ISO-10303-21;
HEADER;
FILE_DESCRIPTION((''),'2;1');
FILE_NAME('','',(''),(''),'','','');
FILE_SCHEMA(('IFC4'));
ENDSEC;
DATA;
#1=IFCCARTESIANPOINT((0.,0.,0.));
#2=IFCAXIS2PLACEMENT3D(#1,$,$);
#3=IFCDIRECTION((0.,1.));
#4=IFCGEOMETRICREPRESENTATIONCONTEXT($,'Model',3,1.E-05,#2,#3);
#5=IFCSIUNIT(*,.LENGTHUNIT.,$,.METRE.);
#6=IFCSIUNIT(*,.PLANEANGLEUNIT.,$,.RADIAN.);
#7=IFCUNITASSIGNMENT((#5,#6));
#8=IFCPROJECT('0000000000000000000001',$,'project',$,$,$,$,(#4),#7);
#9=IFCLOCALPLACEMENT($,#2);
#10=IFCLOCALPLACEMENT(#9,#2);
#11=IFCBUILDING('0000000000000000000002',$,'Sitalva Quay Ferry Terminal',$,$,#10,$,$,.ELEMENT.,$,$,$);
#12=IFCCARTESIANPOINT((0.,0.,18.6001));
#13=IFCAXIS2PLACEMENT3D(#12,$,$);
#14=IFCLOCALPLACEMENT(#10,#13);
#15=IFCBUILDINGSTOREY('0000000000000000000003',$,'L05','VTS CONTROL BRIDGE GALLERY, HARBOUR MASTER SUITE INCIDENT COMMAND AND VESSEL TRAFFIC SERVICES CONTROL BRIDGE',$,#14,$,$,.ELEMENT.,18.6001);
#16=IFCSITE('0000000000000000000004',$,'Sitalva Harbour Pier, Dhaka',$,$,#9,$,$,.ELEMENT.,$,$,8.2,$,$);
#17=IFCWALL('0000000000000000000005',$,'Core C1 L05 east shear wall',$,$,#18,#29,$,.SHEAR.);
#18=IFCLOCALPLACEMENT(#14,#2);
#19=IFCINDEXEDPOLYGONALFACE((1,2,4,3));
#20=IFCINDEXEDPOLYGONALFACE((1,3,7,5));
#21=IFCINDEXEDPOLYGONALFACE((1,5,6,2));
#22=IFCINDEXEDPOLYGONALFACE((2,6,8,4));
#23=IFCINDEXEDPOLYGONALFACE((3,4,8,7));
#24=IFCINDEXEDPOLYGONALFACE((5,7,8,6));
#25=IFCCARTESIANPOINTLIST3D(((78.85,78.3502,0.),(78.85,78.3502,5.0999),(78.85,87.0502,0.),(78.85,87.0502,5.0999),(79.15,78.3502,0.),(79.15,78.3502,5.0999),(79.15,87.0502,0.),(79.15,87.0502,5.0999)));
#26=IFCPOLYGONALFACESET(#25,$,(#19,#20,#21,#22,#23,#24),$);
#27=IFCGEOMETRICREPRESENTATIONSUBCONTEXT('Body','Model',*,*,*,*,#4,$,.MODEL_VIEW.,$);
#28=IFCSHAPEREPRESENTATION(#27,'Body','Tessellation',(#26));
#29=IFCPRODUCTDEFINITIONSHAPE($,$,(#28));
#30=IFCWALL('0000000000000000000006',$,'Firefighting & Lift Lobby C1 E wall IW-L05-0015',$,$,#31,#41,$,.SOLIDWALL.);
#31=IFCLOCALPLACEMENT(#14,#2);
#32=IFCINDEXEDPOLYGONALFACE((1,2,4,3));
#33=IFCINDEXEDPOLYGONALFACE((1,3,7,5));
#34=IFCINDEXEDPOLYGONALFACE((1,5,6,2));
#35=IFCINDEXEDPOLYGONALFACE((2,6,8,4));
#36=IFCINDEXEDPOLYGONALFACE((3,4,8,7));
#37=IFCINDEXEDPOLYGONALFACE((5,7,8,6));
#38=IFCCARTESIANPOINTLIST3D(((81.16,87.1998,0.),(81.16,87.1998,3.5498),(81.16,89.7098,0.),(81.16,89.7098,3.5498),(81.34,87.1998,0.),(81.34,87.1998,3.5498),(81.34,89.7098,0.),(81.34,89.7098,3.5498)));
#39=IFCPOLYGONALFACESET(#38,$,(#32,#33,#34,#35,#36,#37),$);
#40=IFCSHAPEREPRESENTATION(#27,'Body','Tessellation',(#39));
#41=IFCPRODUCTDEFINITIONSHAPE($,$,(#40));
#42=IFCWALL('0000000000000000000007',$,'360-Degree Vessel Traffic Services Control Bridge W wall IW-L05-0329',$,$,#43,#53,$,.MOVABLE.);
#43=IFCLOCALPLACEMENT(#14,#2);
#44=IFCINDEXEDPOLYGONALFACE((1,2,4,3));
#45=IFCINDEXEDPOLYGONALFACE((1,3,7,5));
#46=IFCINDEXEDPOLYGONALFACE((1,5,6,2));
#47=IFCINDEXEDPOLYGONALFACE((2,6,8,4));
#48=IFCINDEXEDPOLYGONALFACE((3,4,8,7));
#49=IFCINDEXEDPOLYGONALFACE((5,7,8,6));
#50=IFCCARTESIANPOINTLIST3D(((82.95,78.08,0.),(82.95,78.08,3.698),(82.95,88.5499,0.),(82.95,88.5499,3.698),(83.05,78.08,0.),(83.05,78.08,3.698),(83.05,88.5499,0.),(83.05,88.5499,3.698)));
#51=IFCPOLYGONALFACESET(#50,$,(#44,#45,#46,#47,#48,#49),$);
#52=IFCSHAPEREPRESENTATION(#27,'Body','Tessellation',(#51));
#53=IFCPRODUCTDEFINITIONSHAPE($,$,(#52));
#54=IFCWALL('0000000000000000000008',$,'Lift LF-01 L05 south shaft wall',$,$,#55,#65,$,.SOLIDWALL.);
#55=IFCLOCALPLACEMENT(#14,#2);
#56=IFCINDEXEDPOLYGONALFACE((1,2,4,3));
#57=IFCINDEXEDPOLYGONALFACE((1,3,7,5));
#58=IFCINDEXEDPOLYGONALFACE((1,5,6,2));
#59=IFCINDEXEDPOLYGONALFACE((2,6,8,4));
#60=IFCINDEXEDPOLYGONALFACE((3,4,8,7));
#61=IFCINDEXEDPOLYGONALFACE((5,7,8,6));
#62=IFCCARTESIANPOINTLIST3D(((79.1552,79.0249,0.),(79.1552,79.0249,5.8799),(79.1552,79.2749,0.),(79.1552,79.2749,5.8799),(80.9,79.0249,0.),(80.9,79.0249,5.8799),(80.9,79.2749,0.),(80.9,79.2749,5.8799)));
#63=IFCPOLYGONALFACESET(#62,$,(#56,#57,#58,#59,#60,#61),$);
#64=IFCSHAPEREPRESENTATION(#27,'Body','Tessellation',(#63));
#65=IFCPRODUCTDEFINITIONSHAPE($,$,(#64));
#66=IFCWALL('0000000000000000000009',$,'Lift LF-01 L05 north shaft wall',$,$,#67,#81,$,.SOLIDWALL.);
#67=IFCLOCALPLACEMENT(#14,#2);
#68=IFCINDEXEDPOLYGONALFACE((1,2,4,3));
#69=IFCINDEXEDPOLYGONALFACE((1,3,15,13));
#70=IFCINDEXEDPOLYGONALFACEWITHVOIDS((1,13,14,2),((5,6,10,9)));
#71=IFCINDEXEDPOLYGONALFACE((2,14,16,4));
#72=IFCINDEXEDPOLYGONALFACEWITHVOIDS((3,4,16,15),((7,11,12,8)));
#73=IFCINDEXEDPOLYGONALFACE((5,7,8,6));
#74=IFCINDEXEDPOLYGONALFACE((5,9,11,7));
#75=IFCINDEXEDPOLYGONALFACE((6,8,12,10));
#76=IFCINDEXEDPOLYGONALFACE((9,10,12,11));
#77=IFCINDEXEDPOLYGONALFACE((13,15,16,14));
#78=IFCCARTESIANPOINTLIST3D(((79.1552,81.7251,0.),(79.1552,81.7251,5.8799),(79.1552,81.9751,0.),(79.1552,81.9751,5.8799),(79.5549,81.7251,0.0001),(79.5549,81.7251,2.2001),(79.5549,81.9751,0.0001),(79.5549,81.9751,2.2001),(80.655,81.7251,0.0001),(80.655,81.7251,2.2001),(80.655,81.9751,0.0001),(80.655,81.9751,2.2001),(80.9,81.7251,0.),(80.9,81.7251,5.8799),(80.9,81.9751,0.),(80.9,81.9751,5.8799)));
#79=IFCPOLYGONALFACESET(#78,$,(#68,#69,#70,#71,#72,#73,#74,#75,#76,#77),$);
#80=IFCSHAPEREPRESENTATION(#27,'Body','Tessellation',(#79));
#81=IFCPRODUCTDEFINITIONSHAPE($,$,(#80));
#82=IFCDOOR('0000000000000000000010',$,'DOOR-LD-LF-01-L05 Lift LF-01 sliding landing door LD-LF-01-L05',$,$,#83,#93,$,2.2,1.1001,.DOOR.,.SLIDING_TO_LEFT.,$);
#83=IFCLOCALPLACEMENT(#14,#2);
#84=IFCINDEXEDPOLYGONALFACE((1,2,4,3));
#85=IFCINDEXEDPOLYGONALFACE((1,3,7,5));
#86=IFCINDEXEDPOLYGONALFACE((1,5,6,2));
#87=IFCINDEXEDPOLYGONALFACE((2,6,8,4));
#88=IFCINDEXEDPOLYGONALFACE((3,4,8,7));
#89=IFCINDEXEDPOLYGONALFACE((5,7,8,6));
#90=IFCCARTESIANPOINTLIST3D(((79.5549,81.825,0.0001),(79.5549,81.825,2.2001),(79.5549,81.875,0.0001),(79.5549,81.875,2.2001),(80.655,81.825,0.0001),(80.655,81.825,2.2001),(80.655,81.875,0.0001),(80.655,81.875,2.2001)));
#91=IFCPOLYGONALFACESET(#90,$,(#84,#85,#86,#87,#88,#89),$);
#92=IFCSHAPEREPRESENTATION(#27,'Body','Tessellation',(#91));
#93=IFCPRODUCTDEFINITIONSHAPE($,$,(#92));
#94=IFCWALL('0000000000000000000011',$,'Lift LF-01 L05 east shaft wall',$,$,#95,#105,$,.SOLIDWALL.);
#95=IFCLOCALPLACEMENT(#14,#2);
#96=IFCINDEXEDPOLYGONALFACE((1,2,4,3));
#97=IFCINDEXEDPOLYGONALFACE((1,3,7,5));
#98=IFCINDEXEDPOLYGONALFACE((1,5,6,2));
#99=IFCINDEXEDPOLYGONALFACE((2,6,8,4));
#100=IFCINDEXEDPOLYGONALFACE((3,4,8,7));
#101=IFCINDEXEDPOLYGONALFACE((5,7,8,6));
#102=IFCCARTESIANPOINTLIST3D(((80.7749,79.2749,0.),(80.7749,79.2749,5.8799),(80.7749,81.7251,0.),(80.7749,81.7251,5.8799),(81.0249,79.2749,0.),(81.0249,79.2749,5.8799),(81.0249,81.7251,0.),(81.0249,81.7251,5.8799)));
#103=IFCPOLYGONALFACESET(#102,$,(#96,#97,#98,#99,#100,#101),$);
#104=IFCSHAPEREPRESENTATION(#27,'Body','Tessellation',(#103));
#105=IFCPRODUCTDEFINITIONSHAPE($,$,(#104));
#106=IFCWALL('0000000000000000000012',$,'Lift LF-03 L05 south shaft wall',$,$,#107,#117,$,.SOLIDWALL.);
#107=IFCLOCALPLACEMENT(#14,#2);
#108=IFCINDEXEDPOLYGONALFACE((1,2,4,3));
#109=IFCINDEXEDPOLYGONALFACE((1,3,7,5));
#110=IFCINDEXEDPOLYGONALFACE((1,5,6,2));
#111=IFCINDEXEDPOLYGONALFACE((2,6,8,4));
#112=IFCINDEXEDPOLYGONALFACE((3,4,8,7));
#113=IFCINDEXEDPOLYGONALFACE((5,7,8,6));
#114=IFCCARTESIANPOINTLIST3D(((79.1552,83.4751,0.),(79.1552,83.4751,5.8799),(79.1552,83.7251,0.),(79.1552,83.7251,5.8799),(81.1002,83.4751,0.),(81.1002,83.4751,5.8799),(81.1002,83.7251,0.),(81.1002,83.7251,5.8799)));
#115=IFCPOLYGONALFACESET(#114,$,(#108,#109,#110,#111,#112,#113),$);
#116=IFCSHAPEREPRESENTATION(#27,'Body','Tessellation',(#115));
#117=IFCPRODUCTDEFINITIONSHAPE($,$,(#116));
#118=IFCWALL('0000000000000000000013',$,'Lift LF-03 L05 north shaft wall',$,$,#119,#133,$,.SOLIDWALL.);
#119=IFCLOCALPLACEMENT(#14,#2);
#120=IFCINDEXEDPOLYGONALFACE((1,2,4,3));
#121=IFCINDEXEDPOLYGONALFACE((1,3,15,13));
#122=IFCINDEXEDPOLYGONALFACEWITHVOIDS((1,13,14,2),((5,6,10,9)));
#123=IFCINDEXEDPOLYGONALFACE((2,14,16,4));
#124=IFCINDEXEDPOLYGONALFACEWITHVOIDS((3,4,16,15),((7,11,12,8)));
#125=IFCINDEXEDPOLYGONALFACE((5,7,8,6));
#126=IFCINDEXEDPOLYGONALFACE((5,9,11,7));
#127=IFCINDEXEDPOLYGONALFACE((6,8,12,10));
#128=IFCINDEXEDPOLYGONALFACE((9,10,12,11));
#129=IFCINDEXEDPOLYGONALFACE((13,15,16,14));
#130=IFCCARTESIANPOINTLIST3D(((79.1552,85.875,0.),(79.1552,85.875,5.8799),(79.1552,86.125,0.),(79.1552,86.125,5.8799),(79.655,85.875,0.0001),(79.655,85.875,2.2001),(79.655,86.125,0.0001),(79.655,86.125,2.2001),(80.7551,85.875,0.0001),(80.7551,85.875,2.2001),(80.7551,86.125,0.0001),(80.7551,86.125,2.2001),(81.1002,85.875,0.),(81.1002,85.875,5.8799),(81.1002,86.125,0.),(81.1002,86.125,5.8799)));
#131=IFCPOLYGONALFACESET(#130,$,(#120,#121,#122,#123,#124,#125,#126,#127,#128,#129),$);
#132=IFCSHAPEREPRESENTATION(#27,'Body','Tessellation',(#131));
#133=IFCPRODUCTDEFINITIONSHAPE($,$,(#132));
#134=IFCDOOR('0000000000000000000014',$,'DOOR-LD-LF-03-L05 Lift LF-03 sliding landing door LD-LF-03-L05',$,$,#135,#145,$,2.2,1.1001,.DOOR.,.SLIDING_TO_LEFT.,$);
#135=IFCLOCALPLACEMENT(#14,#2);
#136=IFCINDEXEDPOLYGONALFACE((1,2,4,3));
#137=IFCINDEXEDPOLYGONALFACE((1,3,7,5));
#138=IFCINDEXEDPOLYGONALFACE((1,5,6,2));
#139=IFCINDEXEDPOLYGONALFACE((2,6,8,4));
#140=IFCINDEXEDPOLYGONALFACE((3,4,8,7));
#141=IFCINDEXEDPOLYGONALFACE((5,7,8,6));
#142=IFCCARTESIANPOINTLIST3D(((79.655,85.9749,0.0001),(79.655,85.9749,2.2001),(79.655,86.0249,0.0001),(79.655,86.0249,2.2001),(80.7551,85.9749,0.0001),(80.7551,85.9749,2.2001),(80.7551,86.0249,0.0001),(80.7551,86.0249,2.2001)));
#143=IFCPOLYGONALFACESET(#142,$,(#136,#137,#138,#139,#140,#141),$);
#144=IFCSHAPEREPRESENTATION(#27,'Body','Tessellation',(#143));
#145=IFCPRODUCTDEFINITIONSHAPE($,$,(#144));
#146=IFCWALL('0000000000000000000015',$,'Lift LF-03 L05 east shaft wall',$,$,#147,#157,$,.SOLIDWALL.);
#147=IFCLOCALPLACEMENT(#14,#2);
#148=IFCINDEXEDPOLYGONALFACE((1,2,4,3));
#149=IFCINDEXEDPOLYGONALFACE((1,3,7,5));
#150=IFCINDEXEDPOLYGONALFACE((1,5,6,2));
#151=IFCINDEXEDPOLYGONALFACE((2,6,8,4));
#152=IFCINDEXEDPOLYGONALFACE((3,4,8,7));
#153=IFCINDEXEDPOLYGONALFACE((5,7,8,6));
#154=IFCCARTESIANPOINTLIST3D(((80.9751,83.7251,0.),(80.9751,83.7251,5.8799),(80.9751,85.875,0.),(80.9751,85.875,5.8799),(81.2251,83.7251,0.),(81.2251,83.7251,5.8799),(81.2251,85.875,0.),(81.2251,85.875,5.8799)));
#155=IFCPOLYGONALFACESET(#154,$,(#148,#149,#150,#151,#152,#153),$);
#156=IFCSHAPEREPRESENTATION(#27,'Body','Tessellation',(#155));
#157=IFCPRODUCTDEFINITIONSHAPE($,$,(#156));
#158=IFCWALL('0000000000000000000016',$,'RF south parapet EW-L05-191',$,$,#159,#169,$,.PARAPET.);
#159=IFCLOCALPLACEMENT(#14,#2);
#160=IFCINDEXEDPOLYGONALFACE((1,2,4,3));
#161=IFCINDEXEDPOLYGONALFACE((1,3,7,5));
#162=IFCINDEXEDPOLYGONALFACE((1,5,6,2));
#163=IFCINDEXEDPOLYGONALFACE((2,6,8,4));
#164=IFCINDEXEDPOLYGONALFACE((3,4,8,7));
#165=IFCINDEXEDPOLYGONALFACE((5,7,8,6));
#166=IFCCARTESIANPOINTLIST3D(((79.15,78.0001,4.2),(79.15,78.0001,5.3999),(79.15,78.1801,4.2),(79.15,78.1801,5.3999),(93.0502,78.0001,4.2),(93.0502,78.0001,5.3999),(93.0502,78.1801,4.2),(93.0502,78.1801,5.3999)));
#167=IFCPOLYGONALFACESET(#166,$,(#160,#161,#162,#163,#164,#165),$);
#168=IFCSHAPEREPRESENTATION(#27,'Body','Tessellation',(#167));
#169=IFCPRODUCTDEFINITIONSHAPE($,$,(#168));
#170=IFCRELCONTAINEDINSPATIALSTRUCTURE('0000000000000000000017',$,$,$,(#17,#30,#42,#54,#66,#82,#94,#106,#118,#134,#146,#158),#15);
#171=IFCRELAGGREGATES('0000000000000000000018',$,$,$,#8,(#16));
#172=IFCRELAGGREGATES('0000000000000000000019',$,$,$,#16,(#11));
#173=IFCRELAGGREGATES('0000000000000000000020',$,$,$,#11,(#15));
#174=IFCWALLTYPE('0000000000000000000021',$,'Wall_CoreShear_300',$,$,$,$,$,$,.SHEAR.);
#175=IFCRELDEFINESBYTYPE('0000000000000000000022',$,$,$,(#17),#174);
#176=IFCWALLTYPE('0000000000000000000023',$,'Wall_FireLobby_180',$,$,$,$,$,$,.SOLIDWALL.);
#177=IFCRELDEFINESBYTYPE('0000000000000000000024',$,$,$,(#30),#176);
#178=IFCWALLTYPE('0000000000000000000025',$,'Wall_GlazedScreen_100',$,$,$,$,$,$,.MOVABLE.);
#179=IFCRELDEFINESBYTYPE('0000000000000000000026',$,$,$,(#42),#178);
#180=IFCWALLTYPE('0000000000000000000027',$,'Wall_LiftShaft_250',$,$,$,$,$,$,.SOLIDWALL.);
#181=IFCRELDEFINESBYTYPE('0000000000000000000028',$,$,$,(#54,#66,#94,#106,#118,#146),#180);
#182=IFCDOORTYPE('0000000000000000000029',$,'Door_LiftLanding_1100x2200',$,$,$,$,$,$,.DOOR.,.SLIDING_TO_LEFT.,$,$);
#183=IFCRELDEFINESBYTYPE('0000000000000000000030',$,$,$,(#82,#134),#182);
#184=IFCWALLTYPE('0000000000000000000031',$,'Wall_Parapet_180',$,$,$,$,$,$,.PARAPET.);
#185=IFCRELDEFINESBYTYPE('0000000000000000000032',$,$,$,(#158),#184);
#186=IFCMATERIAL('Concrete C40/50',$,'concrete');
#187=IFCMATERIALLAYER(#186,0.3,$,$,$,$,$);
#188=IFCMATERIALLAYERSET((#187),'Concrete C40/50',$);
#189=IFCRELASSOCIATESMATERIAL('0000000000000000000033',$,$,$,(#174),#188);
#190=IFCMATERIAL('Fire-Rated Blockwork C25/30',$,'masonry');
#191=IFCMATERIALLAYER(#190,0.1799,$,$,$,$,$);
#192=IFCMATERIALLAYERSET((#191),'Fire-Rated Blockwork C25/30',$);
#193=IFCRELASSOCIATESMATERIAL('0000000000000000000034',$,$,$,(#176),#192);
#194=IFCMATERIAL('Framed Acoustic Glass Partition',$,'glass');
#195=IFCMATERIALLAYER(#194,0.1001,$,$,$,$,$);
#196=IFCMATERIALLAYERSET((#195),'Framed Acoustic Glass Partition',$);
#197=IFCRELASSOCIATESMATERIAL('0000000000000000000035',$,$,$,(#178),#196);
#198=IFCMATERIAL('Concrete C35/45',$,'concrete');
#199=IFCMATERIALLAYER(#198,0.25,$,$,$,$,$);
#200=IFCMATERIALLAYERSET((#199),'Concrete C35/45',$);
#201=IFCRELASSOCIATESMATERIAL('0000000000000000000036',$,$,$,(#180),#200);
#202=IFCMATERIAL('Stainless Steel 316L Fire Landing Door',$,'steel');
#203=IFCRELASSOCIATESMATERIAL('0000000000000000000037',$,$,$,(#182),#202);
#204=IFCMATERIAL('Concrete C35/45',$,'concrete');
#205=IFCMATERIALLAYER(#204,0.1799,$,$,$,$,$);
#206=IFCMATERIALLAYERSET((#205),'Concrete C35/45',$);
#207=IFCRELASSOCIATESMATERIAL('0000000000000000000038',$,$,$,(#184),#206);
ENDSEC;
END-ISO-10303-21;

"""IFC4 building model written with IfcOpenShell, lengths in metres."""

from ifc_helpers import new_model, si_unit, direction, frame, frame_2d, origin, place, context, subcontext, project, spatial, rectangle, extrude, material, layer, layer_set, type_object, element, fill, save


model = new_model("IFC4")

# Units and contexts
model_context = context("Model", 3, precision=1e-05, world=origin(), true_north=direction((0.0, 1.0)))
body_context = subcontext(model_context, "Body", "Model", "MODEL_VIEW")
ifc_project = project(units=[si_unit("LENGTHUNIT", "METRE"), si_unit("PLANEANGLEUNIT", "RADIAN")], contexts=[model_context])

# Site, building, storey
site_placement = place(None, origin())
site = spatial("IfcSite", under=ifc_project, at=site_placement, Name="Sitalva Harbour Pier, Dhaka", CompositionType="ELEMENT", RefElevation=8.2)
building_placement = place(site_placement, origin())
building = spatial("IfcBuilding", under=site, at=building_placement, Name="Sitalva Quay Ferry Terminal", CompositionType="ELEMENT")
storey_placement = place(building_placement, frame((0.0, 0.0, 18.6001)))
storey = spatial("IfcBuildingStorey", under=building, at=storey_placement, Name="L05", Description="VTS CONTROL BRIDGE GALLERY, HARBOUR MASTER SUITE INCIDENT COMMAND AND VESSEL TRAFFIC SERVICES CONTROL BRIDGE", CompositionType="ELEMENT", Elevation=18.6001)

# Walls
ifc_material_1 = material(Name="Concrete C40/50", Category="concrete")
ifc_layer_1 = layer(ifc_material_1, 0.3)
ifc_layer_set_1 = layer_set([ifc_layer_1], Name="Concrete C40/50")
wall_type_1 = type_object("IfcWallType", Name="Wall_CoreShear_300", PredefinedType="SHEAR", material=ifc_layer_set_1)
wall_1_placement = place(storey_placement, frame((79.0, 78.3501, 0.0), z_axis=(0.0, 0.0, 1.0), x_axis=(0.0, 1.0, 0.0)))
element("IfcWall", 1, at=wall_1_placement, inside=storey, type_object=wall_type_1, Name="Core C1 L05 east shear wall", PredefinedType="SHEAR", context=body_context, shape_type="SweptSolid", body=[
    extrude(rectangle(XDim=8.7, YDim=0.3, at=frame_2d((4.3501, 0.0))), origin(), (0.0, 0.0, 1.0), 5.0999),
])
ifc_material_2 = material(Name="Fire-Rated Blockwork C25/30", Category="masonry")
ifc_layer_2 = layer(ifc_material_2, 0.1799)
ifc_layer_set_2 = layer_set([ifc_layer_2], Name="Fire-Rated Blockwork C25/30")
wall_type_2 = type_object("IfcWallType", Name="Wall_FireLobby_180", PredefinedType="SOLIDWALL", material=ifc_layer_set_2)
wall_2_placement = place(storey_placement, frame((81.25, 87.2, 0.0), z_axis=(0.0, 0.0, 1.0), x_axis=(0.0, 1.0, 0.0)))
element("IfcWall", 2, at=wall_2_placement, inside=storey, type_object=wall_type_2, Name="Firefighting & Lift Lobby C1 E wall IW-L05-0015", PredefinedType="SOLIDWALL", context=body_context, shape_type="SweptSolid", body=[
    extrude(rectangle(XDim=2.51, YDim=0.1799, at=frame_2d((1.2549, 0.0))), origin(), (0.0, 0.0, 1.0), 3.5498),
])
ifc_material_3 = material(Name="Framed Acoustic Glass Partition", Category="glass")
ifc_layer_3 = layer(ifc_material_3, 0.1001)
ifc_layer_set_3 = layer_set([ifc_layer_3], Name="Framed Acoustic Glass Partition")
wall_type_3 = type_object("IfcWallType", Name="Wall_GlazedScreen_100", PredefinedType="MOVABLE", material=ifc_layer_set_3)
wall_3_placement = place(storey_placement, frame((83.0, 78.0801, 0.0), z_axis=(0.0, 0.0, 1.0), x_axis=(0.0, 1.0, 0.0)))
element("IfcWall", 3, at=wall_3_placement, inside=storey, type_object=wall_type_3, Name="360-Degree Vessel Traffic Services Control Bridge W wall IW-L05-0329", PredefinedType="MOVABLE", context=body_context, shape_type="SweptSolid", body=[
    extrude(rectangle(XDim=10.47, YDim=0.1001, at=frame_2d((5.2349, 0.0))), origin(), (0.0, 0.0, 1.0), 3.698),
])
ifc_material_4 = material(Name="Concrete C35/45", Category="concrete")
ifc_layer_4 = layer(ifc_material_4, 0.25)
ifc_layer_set_4 = layer_set([ifc_layer_4], Name="Concrete C35/45")
wall_type_4 = type_object("IfcWallType", Name="Wall_LiftShaft_250", PredefinedType="SOLIDWALL", material=ifc_layer_set_4)
wall_4_placement = place(storey_placement, frame((79.155, 79.1499, 0.0), z_axis=(0.0, 0.0, 1.0), x_axis=(1.0, 0.0, 0.0)))
element("IfcWall", 4, at=wall_4_placement, inside=storey, type_object=wall_type_4, Name="Lift LF-01 L05 south shaft wall", PredefinedType="SOLIDWALL", context=body_context, shape_type="SweptSolid", body=[
    extrude(rectangle(XDim=1.7449, YDim=0.25, at=frame_2d((0.8726, 0.0))), origin(), (0.0, 0.0, 1.0), 5.8799),
])

# Wall, opening, door
wall_5_placement = place(storey_placement, frame((79.155, 81.8501, 0.0), z_axis=(0.0, 0.0, 1.0), x_axis=(1.0, 0.0, 0.0)))
wall_5 = element("IfcWall", 5, at=wall_5_placement, inside=storey, type_object=wall_type_4, Name="Lift LF-01 L05 north shaft wall", PredefinedType="SOLIDWALL", context=body_context, shape_type="SweptSolid", body=[
    extrude(rectangle(XDim=1.7449, YDim=0.25, at=frame_2d((0.8726, 0.0))), origin(), (0.0, 0.0, 1.0), 5.8799),
])
opening_1_placement = place(wall_5_placement, frame((0.3999, 0.0, 0.0)))
opening_1 = element("IfcOpeningElement", 6, at=opening_1_placement, cuts=wall_5, PredefinedType="OPENING", context=body_context, shape_type="SweptSolid", body=[
    extrude(rectangle(XDim=1.1001, YDim=2.2, at=frame_2d((0.55, 1.1001))), frame((0.0, 0.135, 0.0), z_axis=(0.0, -1.0, 0.0), x_axis=(1.0, 0.0, 0.0)), (0.0, 0.0, 1.0), 0.27),
])
ifc_material_5 = material(Name="Stainless Steel 316L Fire Landing Door", Category="steel")
door_type = type_object("IfcDoorType", Name="Door_LiftLanding_1100x2200", OperationType="SLIDING_TO_LEFT", PredefinedType="DOOR", material=ifc_material_5)
door_1_placement = place(opening_1_placement, origin())
door_1 = element("IfcDoor", 7, at=door_1_placement, inside=storey, type_object=door_type, Name="DOOR-LD-LF-01-L05 Lift LF-01 sliding landing door LD-LF-01-L05", OperationType="SLIDING_TO_LEFT", OverallHeight=2.2, OverallWidth=1.1001, PredefinedType="DOOR", context=body_context, shape_type="SweptSolid", body=[
    extrude(rectangle(XDim=1.1001, YDim=2.2, at=frame_2d((0.55, 1.1001))), frame((0.0, 0.0249, 0.0), z_axis=(0.0, -1.0, 0.0), x_axis=(1.0, 0.0, 0.0)), (0.0, 0.0, 1.0), 0.05),
])
fill(opening_1, door_1)

# Walls
wall_6_placement = place(storey_placement, frame((80.8999, 79.2749, 0.0), z_axis=(0.0, 0.0, 1.0), x_axis=(0.0, 1.0, 0.0)))
element("IfcWall", 8, at=wall_6_placement, inside=storey, type_object=wall_type_4, Name="Lift LF-01 L05 east shaft wall", PredefinedType="SOLIDWALL", context=body_context, shape_type="SweptSolid", body=[
    extrude(rectangle(XDim=2.4502, YDim=0.25, at=frame_2d((1.2251, 0.0))), origin(), (0.0, 0.0, 1.0), 5.8799),
])
wall_7_placement = place(storey_placement, frame((79.155, 83.6001, 0.0), z_axis=(0.0, 0.0, 1.0), x_axis=(1.0, 0.0, 0.0)))
element("IfcWall", 9, at=wall_7_placement, inside=storey, type_object=wall_type_4, Name="Lift LF-03 L05 south shaft wall", PredefinedType="SOLIDWALL", context=body_context, shape_type="SweptSolid", body=[
    extrude(rectangle(XDim=1.9451, YDim=0.25, at=frame_2d((0.9727, 0.0))), origin(), (0.0, 0.0, 1.0), 5.8799),
])

# Wall, opening, door
wall_8_placement = place(storey_placement, frame((79.155, 86.0, 0.0), z_axis=(0.0, 0.0, 1.0), x_axis=(1.0, 0.0, 0.0)))
wall_8 = element("IfcWall", 10, at=wall_8_placement, inside=storey, type_object=wall_type_4, Name="Lift LF-03 L05 north shaft wall", PredefinedType="SOLIDWALL", context=body_context, shape_type="SweptSolid", body=[
    extrude(rectangle(XDim=1.9451, YDim=0.25, at=frame_2d((0.9727, 0.0))), origin(), (0.0, 0.0, 1.0), 5.8799),
])
opening_2_placement = place(wall_8_placement, frame((0.5, 0.0, 0.0)))
opening_2 = element("IfcOpeningElement", 11, at=opening_2_placement, cuts=wall_8, PredefinedType="OPENING", context=body_context, shape_type="SweptSolid", body=[
    extrude(rectangle(XDim=1.1001, YDim=2.2, at=frame_2d((0.55, 1.1001))), frame((0.0, 0.135, 0.0), z_axis=(0.0, -1.0, 0.0), x_axis=(1.0, 0.0, 0.0)), (0.0, 0.0, 1.0), 0.27),
])
door_2_placement = place(opening_2_placement, origin())
door_2 = element("IfcDoor", 12, at=door_2_placement, inside=storey, type_object=door_type, Name="DOOR-LD-LF-03-L05 Lift LF-03 sliding landing door LD-LF-03-L05", OperationType="SLIDING_TO_LEFT", OverallHeight=2.2, OverallWidth=1.1001, PredefinedType="DOOR", context=body_context, shape_type="SweptSolid", body=[
    extrude(rectangle(XDim=1.1001, YDim=2.2, at=frame_2d((0.55, 1.1001))), frame((0.0, 0.0249, 0.0), z_axis=(0.0, -1.0, 0.0), x_axis=(1.0, 0.0, 0.0)), (0.0, 0.0, 1.0), 0.05),
])
fill(opening_2, door_2)

# Walls
wall_9_placement = place(storey_placement, frame((81.1001, 83.7251, 0.0), z_axis=(0.0, 0.0, 1.0), x_axis=(0.0, 1.0, 0.0)))
element("IfcWall", 13, at=wall_9_placement, inside=storey, type_object=wall_type_4, Name="Lift LF-03 L05 east shaft wall", PredefinedType="SOLIDWALL", context=body_context, shape_type="SweptSolid", body=[
    extrude(rectangle(XDim=2.1499, YDim=0.25, at=frame_2d((1.075, 0.0))), origin(), (0.0, 0.0, 1.0), 5.8799),
])
ifc_material_6 = material(Name="Concrete C35/45", Category="concrete")
ifc_layer_5 = layer(ifc_material_6, 0.1799)
ifc_layer_set_5 = layer_set([ifc_layer_5], Name="Concrete C35/45")
wall_type_5 = type_object("IfcWallType", Name="Wall_Parapet_180", PredefinedType="PARAPET", material=ifc_layer_set_5)
wall_10_placement = place(storey_placement, frame((79.1499, 78.0901, 4.2), z_axis=(0.0, 0.0, 1.0), x_axis=(1.0, 0.0, 0.0)))
element("IfcWall", 14, at=wall_10_placement, inside=storey, type_object=wall_type_5, Name="RF south parapet EW-L05-191", PredefinedType="PARAPET", context=body_context, shape_type="SweptSolid", body=[
    extrude(rectangle(XDim=13.9001, YDim=0.1799, at=frame_2d((6.9502, 0.0))), origin(), (0.0, 0.0, 1.0), 1.2),
])

save(model, "model.ifc")
